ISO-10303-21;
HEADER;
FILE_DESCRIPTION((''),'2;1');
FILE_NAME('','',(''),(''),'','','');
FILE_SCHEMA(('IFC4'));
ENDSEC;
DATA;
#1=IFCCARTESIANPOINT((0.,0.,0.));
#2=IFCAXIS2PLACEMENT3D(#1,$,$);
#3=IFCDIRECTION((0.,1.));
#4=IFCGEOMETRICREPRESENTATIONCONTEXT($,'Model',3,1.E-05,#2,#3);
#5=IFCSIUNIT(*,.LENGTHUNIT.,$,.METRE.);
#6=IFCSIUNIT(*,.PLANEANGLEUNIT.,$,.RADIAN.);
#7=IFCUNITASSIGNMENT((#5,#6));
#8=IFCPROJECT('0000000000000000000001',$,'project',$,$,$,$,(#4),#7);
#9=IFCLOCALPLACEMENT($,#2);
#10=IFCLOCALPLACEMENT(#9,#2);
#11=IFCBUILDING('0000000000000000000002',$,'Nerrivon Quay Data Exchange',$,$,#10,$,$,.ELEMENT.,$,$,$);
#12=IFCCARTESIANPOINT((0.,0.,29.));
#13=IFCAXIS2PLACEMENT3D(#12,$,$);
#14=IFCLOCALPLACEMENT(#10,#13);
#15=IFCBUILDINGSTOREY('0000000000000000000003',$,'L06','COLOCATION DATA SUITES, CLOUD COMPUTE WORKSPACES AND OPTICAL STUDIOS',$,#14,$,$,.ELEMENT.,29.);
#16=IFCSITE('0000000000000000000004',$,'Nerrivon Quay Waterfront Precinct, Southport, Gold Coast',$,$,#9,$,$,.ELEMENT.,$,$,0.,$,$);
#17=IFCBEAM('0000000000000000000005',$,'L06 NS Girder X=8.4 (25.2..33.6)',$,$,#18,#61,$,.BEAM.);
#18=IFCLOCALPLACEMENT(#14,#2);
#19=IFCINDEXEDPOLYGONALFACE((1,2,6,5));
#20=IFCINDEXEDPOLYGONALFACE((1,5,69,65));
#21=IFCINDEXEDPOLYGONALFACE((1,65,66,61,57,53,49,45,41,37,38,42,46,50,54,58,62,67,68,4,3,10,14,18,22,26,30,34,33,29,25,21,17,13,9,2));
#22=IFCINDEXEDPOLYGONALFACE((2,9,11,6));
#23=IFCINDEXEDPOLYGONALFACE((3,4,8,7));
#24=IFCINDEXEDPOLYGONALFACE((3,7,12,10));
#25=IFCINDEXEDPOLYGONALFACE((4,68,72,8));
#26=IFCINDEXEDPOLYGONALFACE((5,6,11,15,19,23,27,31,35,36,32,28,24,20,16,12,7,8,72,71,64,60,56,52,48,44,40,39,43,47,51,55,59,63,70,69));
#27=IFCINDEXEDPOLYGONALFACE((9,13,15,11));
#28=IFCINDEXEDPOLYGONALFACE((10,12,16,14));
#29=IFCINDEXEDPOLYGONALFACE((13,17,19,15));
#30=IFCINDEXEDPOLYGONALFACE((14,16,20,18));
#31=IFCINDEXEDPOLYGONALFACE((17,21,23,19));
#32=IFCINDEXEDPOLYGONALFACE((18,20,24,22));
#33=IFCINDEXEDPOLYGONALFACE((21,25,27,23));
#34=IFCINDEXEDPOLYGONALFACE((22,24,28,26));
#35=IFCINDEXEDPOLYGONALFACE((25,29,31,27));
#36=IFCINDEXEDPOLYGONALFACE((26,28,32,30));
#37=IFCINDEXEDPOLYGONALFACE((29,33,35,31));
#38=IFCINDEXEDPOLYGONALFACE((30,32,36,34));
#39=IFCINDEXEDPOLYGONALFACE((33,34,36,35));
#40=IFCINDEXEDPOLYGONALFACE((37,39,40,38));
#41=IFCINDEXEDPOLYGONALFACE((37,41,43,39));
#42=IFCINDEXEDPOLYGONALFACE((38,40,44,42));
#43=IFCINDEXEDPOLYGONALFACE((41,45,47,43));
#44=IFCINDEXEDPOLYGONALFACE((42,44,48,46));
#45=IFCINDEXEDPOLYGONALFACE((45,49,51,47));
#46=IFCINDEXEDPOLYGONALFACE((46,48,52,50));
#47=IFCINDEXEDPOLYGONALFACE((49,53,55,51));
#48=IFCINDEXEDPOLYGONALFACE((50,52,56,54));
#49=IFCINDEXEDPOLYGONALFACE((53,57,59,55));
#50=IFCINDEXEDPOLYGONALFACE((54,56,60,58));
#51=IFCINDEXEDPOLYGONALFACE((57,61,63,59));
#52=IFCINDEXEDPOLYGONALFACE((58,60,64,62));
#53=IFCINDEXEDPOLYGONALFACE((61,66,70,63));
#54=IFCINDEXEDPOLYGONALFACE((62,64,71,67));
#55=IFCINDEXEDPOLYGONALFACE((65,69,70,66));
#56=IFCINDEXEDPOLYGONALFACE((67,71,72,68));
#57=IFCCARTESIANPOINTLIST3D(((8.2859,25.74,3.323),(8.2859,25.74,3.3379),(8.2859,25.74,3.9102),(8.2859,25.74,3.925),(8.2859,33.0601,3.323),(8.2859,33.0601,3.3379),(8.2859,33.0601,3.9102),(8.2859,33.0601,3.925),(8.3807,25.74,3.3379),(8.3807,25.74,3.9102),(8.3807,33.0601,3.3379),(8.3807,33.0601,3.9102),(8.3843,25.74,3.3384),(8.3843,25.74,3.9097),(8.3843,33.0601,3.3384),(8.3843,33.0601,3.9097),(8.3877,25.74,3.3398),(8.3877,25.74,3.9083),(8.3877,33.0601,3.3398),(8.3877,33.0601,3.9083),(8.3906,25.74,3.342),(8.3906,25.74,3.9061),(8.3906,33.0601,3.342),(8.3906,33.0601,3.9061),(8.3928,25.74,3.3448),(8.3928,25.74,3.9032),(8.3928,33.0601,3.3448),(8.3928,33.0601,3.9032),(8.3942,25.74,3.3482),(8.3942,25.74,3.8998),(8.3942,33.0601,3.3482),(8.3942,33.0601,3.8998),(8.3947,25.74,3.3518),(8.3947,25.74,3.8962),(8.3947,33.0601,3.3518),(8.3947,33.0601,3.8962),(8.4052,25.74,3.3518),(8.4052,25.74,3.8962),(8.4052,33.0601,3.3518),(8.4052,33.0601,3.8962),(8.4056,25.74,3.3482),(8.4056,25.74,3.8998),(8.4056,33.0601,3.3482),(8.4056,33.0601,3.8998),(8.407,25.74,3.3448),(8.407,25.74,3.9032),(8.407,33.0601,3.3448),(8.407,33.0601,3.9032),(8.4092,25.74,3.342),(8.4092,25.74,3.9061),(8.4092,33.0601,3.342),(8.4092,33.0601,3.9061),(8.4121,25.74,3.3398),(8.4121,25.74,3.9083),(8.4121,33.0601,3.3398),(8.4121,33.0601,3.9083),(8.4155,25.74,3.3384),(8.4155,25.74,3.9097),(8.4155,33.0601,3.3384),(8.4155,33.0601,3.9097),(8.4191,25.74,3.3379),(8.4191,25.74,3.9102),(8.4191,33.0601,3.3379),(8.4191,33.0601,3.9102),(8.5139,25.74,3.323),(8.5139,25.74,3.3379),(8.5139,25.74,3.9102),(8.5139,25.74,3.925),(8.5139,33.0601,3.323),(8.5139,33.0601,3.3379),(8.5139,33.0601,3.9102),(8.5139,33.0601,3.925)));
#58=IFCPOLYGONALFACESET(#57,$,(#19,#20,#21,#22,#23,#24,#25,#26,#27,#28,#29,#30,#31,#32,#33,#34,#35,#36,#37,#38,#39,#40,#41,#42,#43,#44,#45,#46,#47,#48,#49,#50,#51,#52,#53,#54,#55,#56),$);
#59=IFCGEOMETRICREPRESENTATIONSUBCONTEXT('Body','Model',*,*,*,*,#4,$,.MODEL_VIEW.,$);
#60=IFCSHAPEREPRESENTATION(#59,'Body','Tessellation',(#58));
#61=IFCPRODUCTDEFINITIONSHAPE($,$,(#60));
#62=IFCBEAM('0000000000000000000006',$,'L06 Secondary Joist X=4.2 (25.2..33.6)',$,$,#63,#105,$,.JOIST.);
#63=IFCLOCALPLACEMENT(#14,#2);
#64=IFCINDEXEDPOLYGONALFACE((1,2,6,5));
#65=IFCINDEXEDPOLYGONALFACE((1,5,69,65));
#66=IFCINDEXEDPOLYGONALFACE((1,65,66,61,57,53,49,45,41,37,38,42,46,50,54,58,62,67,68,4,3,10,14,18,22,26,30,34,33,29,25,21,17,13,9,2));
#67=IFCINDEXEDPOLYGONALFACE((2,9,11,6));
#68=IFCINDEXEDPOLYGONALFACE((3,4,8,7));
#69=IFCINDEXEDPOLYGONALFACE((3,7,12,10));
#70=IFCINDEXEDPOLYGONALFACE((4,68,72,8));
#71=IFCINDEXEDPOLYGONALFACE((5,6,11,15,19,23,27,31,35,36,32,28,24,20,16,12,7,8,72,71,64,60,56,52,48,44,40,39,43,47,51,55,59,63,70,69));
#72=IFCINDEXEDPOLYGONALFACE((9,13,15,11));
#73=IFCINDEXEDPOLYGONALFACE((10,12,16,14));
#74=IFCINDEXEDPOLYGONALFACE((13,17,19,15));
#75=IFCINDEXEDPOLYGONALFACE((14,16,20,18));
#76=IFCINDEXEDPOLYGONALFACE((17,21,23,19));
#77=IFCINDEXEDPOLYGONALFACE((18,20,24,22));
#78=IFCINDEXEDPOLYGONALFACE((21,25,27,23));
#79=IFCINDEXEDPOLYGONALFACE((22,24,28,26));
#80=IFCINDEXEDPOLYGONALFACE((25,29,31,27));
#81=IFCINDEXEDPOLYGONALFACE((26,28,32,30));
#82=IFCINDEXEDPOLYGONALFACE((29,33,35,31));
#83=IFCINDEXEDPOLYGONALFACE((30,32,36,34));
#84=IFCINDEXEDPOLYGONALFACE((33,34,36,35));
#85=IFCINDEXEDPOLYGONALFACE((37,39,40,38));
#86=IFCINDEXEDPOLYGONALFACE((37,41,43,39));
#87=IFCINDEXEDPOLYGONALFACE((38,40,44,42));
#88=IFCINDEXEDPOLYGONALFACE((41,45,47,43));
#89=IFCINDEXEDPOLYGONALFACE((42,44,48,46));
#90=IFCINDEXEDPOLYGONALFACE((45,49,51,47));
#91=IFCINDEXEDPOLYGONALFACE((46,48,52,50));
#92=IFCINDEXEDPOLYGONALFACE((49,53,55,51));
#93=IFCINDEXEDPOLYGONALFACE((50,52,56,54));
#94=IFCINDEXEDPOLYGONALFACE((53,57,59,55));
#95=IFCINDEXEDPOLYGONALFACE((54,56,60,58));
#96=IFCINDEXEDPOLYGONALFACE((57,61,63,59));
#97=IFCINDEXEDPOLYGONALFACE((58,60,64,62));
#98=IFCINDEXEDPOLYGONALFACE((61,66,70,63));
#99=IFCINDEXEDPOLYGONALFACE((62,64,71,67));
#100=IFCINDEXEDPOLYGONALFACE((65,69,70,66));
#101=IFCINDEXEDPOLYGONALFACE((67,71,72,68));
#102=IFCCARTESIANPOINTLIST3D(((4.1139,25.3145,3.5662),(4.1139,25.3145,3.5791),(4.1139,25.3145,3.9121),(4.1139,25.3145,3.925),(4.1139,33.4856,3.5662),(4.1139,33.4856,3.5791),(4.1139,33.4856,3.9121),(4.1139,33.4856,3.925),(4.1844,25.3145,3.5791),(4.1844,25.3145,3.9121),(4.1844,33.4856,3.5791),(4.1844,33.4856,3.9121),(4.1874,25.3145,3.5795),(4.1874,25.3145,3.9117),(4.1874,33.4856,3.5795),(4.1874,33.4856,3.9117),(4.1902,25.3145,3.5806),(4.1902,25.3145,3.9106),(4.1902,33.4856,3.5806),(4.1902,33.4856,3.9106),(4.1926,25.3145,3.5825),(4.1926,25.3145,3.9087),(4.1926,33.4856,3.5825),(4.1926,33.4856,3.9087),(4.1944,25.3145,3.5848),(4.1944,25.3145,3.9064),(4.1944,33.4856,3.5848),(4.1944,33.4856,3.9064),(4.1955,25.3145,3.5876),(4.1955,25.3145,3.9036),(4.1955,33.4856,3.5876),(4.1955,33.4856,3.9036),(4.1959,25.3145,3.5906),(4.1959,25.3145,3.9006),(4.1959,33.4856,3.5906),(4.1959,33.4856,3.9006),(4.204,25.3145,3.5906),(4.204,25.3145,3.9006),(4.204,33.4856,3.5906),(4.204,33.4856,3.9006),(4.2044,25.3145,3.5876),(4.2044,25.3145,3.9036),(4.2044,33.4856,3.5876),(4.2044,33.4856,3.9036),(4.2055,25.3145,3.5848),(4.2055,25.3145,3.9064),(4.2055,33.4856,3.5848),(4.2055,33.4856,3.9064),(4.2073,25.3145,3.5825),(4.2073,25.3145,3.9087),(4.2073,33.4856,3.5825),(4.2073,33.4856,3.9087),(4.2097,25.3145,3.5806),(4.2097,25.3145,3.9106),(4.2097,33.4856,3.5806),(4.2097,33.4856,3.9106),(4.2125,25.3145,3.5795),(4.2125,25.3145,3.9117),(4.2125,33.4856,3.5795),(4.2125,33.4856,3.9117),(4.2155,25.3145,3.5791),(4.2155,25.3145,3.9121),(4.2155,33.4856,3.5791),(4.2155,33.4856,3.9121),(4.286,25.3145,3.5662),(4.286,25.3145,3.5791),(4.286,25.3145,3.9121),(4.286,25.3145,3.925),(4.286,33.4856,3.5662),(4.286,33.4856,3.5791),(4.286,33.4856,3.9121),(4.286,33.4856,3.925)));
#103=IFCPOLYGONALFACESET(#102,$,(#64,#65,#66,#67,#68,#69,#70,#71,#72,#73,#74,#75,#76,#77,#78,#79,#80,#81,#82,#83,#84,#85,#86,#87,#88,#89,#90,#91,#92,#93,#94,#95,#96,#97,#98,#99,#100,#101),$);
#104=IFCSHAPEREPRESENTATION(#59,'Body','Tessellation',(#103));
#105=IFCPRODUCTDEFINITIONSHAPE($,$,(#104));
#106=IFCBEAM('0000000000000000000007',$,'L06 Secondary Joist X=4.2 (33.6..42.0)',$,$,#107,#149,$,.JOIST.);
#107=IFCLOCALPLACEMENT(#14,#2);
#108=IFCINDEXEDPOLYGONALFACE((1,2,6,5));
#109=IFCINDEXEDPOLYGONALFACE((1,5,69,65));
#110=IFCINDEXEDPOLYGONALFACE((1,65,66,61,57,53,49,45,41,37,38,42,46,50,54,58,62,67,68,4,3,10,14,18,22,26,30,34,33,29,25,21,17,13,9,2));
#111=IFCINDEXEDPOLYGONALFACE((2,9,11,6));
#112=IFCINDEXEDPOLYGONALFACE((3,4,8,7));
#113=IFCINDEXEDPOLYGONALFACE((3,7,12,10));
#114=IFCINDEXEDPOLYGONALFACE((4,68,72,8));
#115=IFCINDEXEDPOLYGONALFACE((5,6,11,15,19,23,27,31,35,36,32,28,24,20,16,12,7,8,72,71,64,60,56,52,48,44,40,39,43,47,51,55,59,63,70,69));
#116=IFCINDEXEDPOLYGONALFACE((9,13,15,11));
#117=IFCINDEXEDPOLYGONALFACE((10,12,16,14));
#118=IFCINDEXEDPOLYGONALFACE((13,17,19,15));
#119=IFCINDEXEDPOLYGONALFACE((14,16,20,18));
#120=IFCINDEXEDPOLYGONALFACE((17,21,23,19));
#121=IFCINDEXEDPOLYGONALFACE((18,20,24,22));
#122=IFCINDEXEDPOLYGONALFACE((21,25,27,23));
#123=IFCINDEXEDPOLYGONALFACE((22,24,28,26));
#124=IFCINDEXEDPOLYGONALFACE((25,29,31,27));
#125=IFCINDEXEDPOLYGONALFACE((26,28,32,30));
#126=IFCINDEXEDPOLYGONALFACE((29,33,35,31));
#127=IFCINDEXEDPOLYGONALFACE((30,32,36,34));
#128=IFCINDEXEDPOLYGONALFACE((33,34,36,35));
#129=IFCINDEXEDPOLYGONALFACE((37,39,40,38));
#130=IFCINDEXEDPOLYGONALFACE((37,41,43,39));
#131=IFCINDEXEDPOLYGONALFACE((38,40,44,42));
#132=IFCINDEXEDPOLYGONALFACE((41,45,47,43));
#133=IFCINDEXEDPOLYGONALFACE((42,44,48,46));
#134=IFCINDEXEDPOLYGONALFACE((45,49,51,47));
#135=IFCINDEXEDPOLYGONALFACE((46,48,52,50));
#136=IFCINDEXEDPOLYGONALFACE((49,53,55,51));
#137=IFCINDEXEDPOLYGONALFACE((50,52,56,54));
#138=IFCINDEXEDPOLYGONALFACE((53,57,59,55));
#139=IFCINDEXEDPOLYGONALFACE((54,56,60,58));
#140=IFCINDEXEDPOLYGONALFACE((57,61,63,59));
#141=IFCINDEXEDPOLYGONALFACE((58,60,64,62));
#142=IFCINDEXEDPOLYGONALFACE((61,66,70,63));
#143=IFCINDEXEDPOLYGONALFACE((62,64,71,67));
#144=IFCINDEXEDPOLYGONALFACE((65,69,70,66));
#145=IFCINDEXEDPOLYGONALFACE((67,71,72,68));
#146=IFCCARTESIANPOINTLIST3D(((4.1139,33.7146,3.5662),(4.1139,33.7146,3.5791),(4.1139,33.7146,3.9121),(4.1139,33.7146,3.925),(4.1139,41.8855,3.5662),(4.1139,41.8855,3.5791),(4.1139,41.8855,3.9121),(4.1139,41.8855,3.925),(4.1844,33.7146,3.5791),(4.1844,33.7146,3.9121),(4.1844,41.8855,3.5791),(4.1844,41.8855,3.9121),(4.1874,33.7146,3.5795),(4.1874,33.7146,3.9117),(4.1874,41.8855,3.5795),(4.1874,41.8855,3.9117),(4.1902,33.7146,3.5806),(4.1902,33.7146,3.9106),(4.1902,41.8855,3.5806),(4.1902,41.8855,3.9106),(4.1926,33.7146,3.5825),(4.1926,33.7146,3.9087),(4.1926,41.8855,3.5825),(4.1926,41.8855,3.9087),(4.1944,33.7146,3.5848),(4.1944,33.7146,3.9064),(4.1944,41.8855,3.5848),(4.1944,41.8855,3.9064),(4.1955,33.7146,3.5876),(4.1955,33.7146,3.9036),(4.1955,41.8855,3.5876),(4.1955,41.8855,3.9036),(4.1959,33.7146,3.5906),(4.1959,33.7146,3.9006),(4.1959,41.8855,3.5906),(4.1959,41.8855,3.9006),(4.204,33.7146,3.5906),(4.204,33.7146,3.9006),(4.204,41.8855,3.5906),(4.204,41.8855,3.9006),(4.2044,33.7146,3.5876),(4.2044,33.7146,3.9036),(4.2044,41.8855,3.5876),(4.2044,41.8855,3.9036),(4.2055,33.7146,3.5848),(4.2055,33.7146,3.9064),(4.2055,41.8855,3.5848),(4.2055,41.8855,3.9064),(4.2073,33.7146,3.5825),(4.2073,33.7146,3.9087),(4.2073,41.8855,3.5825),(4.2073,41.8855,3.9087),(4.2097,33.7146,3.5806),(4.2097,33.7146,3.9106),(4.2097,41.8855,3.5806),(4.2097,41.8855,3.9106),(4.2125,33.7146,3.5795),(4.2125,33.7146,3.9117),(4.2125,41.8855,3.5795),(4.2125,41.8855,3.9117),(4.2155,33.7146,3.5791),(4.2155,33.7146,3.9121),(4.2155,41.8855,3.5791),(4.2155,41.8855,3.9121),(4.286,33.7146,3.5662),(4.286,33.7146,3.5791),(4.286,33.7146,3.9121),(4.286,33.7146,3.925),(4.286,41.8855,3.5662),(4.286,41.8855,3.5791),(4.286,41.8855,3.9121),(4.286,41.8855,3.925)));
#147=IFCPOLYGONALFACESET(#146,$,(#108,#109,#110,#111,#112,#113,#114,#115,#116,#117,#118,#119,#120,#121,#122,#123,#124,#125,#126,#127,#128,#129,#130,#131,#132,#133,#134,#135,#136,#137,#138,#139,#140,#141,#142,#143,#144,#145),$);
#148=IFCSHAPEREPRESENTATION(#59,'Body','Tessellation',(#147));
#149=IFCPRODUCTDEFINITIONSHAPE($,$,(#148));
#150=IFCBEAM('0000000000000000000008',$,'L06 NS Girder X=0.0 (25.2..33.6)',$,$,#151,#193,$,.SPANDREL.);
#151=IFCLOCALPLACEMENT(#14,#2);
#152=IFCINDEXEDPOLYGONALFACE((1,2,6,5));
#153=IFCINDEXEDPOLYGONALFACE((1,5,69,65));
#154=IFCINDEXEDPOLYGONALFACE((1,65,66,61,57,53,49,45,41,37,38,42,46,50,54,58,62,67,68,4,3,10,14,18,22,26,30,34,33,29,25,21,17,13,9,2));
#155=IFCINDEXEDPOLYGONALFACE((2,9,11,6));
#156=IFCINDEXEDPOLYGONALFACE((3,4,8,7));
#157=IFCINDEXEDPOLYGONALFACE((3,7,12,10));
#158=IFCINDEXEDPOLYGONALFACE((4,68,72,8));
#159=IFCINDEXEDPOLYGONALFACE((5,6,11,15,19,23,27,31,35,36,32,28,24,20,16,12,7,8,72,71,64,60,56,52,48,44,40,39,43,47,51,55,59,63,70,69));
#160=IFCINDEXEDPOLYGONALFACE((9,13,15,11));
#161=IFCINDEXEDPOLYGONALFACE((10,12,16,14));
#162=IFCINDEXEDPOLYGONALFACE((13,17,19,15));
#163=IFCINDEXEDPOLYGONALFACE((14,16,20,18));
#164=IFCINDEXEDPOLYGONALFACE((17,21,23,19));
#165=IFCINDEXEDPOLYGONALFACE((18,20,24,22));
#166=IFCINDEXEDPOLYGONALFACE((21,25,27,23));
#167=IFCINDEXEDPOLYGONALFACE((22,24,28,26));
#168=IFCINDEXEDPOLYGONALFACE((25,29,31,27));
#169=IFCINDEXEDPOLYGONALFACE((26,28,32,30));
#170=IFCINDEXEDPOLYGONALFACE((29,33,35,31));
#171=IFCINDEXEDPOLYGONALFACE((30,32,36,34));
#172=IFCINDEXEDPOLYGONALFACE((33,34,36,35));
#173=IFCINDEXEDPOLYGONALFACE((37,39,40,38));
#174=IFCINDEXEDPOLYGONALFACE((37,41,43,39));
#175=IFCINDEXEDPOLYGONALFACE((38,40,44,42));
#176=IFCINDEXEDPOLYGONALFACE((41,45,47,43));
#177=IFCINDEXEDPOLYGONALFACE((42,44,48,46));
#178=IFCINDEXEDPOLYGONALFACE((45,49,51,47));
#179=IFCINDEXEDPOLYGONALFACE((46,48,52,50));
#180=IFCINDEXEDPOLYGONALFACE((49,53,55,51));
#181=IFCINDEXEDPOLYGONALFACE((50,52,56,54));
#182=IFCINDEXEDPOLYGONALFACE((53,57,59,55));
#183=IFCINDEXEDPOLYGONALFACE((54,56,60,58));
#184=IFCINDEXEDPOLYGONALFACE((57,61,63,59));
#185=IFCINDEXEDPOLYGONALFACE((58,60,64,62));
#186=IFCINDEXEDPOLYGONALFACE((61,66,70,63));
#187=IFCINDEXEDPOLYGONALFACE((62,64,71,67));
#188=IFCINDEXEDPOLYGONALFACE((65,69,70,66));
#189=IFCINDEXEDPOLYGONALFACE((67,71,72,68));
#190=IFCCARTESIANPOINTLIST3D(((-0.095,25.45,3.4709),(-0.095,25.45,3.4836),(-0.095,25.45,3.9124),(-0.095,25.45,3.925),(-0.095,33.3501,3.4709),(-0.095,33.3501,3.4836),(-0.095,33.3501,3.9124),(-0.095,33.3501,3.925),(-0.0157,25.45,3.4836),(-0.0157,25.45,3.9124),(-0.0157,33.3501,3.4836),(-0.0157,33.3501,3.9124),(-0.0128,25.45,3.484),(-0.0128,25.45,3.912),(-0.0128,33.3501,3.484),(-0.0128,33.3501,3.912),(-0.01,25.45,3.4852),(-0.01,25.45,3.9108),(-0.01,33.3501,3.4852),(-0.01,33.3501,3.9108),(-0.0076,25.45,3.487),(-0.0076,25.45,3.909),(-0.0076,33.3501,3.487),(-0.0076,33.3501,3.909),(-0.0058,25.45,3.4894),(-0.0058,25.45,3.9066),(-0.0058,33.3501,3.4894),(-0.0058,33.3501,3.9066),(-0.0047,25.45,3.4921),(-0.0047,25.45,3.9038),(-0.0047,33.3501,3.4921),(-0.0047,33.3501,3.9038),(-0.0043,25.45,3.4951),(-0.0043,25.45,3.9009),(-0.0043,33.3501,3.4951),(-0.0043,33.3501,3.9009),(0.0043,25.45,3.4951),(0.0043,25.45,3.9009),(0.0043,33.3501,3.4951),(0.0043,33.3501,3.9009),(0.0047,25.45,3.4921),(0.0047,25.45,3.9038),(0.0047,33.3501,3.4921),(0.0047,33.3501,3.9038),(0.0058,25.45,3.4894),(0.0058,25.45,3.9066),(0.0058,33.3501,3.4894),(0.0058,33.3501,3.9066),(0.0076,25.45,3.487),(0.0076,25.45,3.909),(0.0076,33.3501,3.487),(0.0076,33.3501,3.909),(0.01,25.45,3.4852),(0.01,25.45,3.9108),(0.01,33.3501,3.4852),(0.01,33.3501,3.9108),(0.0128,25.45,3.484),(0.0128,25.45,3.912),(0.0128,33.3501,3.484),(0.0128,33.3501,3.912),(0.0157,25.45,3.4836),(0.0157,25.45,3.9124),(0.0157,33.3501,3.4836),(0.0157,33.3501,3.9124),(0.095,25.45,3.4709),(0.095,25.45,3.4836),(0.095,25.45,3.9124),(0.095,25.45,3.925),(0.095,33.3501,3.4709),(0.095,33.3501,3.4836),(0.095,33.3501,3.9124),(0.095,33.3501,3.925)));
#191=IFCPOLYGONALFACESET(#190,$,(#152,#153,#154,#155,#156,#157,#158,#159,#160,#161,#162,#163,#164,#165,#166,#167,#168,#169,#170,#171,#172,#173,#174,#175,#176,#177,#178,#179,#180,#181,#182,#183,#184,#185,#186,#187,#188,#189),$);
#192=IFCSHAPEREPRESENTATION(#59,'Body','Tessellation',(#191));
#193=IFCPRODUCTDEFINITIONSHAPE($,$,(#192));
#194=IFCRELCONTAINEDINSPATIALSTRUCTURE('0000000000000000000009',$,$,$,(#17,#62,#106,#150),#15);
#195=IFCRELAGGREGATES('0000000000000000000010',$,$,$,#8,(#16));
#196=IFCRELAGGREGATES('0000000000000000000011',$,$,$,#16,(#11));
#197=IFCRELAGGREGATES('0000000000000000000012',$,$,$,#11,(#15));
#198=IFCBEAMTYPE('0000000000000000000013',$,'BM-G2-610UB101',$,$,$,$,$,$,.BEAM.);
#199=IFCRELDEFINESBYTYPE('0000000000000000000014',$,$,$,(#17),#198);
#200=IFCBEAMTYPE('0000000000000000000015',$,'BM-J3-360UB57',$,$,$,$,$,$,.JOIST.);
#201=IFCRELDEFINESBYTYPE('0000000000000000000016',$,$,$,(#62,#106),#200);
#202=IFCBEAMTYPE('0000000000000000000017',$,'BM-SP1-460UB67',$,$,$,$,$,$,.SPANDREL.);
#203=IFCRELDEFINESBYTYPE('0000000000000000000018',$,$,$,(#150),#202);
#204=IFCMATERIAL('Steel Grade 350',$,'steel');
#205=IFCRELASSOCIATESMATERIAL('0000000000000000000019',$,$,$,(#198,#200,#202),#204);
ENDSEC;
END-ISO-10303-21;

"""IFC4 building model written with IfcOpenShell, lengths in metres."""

from ifc_helpers import new_model, si_unit, direction, frame, origin, origin_2d, place, context, subcontext, project, spatial, i_section, extrude, material, material_profile, profile_set, type_object, element, save


model = new_model("IFC4")

# Units and contexts
model_context = context("Model", 3, precision=1e-05, world=origin(), true_north=direction((0.0, 1.0)))
body_context = subcontext(model_context, "Body", "Model", "MODEL_VIEW")
ifc_project = project(units=[si_unit("LENGTHUNIT", "METRE"), si_unit("PLANEANGLEUNIT", "RADIAN")], contexts=[model_context])

# Site, building, storey
site_placement = place(None, origin())
site = spatial("IfcSite", under=ifc_project, at=site_placement, Name="Nerrivon Quay Waterfront Precinct, Southport, Gold Coast", CompositionType="ELEMENT", RefElevation=0.0)
building_placement = place(site_placement, origin())
building = spatial("IfcBuilding", under=site, at=building_placement, Name="Nerrivon Quay Data Exchange", CompositionType="ELEMENT")
storey_placement = place(building_placement, frame((0.0, 0.0, 29.0)))
storey = spatial("IfcBuildingStorey", under=building, at=storey_placement, Name="L06", Description="COLOCATION DATA SUITES, CLOUD COMPUTE WORKSPACES AND OPTICAL STUDIOS", CompositionType="ELEMENT", Elevation=29.0)

# Shared definitions
ifc_material_1 = material(Name="Steel Grade 350", Category="steel")

# Beams
ifc_material_profile_1 = material_profile(ifc_material_1, i_section(OverallWidth=0.228, OverallDepth=0.6021, WebThickness=0.0105, FlangeThickness=0.0149, FilletRadius=0.0139, at=origin_2d()), Name="610UB101")
ifc_profile_set_1 = profile_set([ifc_material_profile_1], Name="Steel Grade 350")
beam_type_1 = type_object("IfcBeamType", Name="BM-G2-610UB101", PredefinedType="BEAM", material=ifc_profile_set_1)
beam_1_placement = place(storey_placement, frame((8.3999, 25.74, 3.624), z_axis=(0.0, 1.0, 0.0), x_axis=(-1.0, 0.0, 0.0)))
element("IfcBeam", 1, at=beam_1_placement, inside=storey, type_object=beam_type_1, Name="L06 NS Girder X=8.4 (25.2..33.6)", PredefinedType="BEAM", context=body_context, shape_type="SweptSolid", body=[
    extrude(i_section(OverallWidth=0.228, OverallDepth=0.6021, WebThickness=0.0105, FlangeThickness=0.0149, FilletRadius=0.0139, at=origin_2d()), origin(), (0.0, 0.0, 1.0), 7.3201),
])
ifc_material_profile_2 = material_profile(ifc_material_1, i_section(OverallWidth=0.1721, OverallDepth=0.3589, WebThickness=0.0081, FlangeThickness=0.0129, FilletRadius=0.0115, at=origin_2d()), Name="360UB56.7")
ifc_profile_set_2 = profile_set([ifc_material_profile_2], Name="Steel Grade 350")
beam_type_2 = type_object("IfcBeamType", Name="BM-J3-360UB57", PredefinedType="JOIST", material=ifc_profile_set_2)
beam_2_placement = place(storey_placement, frame((4.2, 25.3145, 3.7456), z_axis=(0.0, 1.0, 0.0), x_axis=(-1.0, 0.0, 0.0)))
element("IfcBeam", 2, at=beam_2_placement, inside=storey, type_object=beam_type_2, Name="L06 Secondary Joist X=4.2 (25.2..33.6)", PredefinedType="JOIST", context=body_context, shape_type="SweptSolid", body=[
    extrude(i_section(OverallWidth=0.1721, OverallDepth=0.3589, WebThickness=0.0081, FlangeThickness=0.0129, FilletRadius=0.0115, at=origin_2d()), origin(), (0.0, 0.0, 1.0), 8.1711),
])
beam_3_placement = place(storey_placement, frame((4.2, 33.7146, 3.7456), z_axis=(0.0, 1.0, 0.0), x_axis=(-1.0, 0.0, 0.0)))
element("IfcBeam", 3, at=beam_3_placement, inside=storey, type_object=beam_type_2, Name="L06 Secondary Joist X=4.2 (33.6..42.0)", PredefinedType="JOIST", context=body_context, shape_type="SweptSolid", body=[
    extrude(i_section(OverallWidth=0.1721, OverallDepth=0.3589, WebThickness=0.0081, FlangeThickness=0.0129, FilletRadius=0.0115, at=origin_2d()), origin(), (0.0, 0.0, 1.0), 8.1709),
])
ifc_material_profile_3 = material_profile(ifc_material_1, i_section(OverallWidth=0.1899, OverallDepth=0.4541, WebThickness=0.0085, FlangeThickness=0.0127, FilletRadius=0.0115, at=origin_2d()), Name="460UB67.1")
ifc_profile_set_3 = profile_set([ifc_material_profile_3], Name="Steel Grade 350")
beam_type_3 = type_object("IfcBeamType", Name="BM-SP1-460UB67", PredefinedType="SPANDREL", material=ifc_profile_set_3)
beam_4_placement = place(storey_placement, frame((0.0, 25.45, 3.698), z_axis=(0.0, 1.0, 0.0), x_axis=(-1.0, 0.0, 0.0)))
element("IfcBeam", 4, at=beam_4_placement, inside=storey, type_object=beam_type_3, Name="L06 NS Girder X=0.0 (25.2..33.6)", PredefinedType="SPANDREL", context=body_context, shape_type="SweptSolid", body=[
    extrude(i_section(OverallWidth=0.1899, OverallDepth=0.4541, WebThickness=0.0085, FlangeThickness=0.0127, FilletRadius=0.0115, at=origin_2d()), origin(), (0.0, 0.0, 1.0), 7.9001),
])

save(model, "model.ifc")
